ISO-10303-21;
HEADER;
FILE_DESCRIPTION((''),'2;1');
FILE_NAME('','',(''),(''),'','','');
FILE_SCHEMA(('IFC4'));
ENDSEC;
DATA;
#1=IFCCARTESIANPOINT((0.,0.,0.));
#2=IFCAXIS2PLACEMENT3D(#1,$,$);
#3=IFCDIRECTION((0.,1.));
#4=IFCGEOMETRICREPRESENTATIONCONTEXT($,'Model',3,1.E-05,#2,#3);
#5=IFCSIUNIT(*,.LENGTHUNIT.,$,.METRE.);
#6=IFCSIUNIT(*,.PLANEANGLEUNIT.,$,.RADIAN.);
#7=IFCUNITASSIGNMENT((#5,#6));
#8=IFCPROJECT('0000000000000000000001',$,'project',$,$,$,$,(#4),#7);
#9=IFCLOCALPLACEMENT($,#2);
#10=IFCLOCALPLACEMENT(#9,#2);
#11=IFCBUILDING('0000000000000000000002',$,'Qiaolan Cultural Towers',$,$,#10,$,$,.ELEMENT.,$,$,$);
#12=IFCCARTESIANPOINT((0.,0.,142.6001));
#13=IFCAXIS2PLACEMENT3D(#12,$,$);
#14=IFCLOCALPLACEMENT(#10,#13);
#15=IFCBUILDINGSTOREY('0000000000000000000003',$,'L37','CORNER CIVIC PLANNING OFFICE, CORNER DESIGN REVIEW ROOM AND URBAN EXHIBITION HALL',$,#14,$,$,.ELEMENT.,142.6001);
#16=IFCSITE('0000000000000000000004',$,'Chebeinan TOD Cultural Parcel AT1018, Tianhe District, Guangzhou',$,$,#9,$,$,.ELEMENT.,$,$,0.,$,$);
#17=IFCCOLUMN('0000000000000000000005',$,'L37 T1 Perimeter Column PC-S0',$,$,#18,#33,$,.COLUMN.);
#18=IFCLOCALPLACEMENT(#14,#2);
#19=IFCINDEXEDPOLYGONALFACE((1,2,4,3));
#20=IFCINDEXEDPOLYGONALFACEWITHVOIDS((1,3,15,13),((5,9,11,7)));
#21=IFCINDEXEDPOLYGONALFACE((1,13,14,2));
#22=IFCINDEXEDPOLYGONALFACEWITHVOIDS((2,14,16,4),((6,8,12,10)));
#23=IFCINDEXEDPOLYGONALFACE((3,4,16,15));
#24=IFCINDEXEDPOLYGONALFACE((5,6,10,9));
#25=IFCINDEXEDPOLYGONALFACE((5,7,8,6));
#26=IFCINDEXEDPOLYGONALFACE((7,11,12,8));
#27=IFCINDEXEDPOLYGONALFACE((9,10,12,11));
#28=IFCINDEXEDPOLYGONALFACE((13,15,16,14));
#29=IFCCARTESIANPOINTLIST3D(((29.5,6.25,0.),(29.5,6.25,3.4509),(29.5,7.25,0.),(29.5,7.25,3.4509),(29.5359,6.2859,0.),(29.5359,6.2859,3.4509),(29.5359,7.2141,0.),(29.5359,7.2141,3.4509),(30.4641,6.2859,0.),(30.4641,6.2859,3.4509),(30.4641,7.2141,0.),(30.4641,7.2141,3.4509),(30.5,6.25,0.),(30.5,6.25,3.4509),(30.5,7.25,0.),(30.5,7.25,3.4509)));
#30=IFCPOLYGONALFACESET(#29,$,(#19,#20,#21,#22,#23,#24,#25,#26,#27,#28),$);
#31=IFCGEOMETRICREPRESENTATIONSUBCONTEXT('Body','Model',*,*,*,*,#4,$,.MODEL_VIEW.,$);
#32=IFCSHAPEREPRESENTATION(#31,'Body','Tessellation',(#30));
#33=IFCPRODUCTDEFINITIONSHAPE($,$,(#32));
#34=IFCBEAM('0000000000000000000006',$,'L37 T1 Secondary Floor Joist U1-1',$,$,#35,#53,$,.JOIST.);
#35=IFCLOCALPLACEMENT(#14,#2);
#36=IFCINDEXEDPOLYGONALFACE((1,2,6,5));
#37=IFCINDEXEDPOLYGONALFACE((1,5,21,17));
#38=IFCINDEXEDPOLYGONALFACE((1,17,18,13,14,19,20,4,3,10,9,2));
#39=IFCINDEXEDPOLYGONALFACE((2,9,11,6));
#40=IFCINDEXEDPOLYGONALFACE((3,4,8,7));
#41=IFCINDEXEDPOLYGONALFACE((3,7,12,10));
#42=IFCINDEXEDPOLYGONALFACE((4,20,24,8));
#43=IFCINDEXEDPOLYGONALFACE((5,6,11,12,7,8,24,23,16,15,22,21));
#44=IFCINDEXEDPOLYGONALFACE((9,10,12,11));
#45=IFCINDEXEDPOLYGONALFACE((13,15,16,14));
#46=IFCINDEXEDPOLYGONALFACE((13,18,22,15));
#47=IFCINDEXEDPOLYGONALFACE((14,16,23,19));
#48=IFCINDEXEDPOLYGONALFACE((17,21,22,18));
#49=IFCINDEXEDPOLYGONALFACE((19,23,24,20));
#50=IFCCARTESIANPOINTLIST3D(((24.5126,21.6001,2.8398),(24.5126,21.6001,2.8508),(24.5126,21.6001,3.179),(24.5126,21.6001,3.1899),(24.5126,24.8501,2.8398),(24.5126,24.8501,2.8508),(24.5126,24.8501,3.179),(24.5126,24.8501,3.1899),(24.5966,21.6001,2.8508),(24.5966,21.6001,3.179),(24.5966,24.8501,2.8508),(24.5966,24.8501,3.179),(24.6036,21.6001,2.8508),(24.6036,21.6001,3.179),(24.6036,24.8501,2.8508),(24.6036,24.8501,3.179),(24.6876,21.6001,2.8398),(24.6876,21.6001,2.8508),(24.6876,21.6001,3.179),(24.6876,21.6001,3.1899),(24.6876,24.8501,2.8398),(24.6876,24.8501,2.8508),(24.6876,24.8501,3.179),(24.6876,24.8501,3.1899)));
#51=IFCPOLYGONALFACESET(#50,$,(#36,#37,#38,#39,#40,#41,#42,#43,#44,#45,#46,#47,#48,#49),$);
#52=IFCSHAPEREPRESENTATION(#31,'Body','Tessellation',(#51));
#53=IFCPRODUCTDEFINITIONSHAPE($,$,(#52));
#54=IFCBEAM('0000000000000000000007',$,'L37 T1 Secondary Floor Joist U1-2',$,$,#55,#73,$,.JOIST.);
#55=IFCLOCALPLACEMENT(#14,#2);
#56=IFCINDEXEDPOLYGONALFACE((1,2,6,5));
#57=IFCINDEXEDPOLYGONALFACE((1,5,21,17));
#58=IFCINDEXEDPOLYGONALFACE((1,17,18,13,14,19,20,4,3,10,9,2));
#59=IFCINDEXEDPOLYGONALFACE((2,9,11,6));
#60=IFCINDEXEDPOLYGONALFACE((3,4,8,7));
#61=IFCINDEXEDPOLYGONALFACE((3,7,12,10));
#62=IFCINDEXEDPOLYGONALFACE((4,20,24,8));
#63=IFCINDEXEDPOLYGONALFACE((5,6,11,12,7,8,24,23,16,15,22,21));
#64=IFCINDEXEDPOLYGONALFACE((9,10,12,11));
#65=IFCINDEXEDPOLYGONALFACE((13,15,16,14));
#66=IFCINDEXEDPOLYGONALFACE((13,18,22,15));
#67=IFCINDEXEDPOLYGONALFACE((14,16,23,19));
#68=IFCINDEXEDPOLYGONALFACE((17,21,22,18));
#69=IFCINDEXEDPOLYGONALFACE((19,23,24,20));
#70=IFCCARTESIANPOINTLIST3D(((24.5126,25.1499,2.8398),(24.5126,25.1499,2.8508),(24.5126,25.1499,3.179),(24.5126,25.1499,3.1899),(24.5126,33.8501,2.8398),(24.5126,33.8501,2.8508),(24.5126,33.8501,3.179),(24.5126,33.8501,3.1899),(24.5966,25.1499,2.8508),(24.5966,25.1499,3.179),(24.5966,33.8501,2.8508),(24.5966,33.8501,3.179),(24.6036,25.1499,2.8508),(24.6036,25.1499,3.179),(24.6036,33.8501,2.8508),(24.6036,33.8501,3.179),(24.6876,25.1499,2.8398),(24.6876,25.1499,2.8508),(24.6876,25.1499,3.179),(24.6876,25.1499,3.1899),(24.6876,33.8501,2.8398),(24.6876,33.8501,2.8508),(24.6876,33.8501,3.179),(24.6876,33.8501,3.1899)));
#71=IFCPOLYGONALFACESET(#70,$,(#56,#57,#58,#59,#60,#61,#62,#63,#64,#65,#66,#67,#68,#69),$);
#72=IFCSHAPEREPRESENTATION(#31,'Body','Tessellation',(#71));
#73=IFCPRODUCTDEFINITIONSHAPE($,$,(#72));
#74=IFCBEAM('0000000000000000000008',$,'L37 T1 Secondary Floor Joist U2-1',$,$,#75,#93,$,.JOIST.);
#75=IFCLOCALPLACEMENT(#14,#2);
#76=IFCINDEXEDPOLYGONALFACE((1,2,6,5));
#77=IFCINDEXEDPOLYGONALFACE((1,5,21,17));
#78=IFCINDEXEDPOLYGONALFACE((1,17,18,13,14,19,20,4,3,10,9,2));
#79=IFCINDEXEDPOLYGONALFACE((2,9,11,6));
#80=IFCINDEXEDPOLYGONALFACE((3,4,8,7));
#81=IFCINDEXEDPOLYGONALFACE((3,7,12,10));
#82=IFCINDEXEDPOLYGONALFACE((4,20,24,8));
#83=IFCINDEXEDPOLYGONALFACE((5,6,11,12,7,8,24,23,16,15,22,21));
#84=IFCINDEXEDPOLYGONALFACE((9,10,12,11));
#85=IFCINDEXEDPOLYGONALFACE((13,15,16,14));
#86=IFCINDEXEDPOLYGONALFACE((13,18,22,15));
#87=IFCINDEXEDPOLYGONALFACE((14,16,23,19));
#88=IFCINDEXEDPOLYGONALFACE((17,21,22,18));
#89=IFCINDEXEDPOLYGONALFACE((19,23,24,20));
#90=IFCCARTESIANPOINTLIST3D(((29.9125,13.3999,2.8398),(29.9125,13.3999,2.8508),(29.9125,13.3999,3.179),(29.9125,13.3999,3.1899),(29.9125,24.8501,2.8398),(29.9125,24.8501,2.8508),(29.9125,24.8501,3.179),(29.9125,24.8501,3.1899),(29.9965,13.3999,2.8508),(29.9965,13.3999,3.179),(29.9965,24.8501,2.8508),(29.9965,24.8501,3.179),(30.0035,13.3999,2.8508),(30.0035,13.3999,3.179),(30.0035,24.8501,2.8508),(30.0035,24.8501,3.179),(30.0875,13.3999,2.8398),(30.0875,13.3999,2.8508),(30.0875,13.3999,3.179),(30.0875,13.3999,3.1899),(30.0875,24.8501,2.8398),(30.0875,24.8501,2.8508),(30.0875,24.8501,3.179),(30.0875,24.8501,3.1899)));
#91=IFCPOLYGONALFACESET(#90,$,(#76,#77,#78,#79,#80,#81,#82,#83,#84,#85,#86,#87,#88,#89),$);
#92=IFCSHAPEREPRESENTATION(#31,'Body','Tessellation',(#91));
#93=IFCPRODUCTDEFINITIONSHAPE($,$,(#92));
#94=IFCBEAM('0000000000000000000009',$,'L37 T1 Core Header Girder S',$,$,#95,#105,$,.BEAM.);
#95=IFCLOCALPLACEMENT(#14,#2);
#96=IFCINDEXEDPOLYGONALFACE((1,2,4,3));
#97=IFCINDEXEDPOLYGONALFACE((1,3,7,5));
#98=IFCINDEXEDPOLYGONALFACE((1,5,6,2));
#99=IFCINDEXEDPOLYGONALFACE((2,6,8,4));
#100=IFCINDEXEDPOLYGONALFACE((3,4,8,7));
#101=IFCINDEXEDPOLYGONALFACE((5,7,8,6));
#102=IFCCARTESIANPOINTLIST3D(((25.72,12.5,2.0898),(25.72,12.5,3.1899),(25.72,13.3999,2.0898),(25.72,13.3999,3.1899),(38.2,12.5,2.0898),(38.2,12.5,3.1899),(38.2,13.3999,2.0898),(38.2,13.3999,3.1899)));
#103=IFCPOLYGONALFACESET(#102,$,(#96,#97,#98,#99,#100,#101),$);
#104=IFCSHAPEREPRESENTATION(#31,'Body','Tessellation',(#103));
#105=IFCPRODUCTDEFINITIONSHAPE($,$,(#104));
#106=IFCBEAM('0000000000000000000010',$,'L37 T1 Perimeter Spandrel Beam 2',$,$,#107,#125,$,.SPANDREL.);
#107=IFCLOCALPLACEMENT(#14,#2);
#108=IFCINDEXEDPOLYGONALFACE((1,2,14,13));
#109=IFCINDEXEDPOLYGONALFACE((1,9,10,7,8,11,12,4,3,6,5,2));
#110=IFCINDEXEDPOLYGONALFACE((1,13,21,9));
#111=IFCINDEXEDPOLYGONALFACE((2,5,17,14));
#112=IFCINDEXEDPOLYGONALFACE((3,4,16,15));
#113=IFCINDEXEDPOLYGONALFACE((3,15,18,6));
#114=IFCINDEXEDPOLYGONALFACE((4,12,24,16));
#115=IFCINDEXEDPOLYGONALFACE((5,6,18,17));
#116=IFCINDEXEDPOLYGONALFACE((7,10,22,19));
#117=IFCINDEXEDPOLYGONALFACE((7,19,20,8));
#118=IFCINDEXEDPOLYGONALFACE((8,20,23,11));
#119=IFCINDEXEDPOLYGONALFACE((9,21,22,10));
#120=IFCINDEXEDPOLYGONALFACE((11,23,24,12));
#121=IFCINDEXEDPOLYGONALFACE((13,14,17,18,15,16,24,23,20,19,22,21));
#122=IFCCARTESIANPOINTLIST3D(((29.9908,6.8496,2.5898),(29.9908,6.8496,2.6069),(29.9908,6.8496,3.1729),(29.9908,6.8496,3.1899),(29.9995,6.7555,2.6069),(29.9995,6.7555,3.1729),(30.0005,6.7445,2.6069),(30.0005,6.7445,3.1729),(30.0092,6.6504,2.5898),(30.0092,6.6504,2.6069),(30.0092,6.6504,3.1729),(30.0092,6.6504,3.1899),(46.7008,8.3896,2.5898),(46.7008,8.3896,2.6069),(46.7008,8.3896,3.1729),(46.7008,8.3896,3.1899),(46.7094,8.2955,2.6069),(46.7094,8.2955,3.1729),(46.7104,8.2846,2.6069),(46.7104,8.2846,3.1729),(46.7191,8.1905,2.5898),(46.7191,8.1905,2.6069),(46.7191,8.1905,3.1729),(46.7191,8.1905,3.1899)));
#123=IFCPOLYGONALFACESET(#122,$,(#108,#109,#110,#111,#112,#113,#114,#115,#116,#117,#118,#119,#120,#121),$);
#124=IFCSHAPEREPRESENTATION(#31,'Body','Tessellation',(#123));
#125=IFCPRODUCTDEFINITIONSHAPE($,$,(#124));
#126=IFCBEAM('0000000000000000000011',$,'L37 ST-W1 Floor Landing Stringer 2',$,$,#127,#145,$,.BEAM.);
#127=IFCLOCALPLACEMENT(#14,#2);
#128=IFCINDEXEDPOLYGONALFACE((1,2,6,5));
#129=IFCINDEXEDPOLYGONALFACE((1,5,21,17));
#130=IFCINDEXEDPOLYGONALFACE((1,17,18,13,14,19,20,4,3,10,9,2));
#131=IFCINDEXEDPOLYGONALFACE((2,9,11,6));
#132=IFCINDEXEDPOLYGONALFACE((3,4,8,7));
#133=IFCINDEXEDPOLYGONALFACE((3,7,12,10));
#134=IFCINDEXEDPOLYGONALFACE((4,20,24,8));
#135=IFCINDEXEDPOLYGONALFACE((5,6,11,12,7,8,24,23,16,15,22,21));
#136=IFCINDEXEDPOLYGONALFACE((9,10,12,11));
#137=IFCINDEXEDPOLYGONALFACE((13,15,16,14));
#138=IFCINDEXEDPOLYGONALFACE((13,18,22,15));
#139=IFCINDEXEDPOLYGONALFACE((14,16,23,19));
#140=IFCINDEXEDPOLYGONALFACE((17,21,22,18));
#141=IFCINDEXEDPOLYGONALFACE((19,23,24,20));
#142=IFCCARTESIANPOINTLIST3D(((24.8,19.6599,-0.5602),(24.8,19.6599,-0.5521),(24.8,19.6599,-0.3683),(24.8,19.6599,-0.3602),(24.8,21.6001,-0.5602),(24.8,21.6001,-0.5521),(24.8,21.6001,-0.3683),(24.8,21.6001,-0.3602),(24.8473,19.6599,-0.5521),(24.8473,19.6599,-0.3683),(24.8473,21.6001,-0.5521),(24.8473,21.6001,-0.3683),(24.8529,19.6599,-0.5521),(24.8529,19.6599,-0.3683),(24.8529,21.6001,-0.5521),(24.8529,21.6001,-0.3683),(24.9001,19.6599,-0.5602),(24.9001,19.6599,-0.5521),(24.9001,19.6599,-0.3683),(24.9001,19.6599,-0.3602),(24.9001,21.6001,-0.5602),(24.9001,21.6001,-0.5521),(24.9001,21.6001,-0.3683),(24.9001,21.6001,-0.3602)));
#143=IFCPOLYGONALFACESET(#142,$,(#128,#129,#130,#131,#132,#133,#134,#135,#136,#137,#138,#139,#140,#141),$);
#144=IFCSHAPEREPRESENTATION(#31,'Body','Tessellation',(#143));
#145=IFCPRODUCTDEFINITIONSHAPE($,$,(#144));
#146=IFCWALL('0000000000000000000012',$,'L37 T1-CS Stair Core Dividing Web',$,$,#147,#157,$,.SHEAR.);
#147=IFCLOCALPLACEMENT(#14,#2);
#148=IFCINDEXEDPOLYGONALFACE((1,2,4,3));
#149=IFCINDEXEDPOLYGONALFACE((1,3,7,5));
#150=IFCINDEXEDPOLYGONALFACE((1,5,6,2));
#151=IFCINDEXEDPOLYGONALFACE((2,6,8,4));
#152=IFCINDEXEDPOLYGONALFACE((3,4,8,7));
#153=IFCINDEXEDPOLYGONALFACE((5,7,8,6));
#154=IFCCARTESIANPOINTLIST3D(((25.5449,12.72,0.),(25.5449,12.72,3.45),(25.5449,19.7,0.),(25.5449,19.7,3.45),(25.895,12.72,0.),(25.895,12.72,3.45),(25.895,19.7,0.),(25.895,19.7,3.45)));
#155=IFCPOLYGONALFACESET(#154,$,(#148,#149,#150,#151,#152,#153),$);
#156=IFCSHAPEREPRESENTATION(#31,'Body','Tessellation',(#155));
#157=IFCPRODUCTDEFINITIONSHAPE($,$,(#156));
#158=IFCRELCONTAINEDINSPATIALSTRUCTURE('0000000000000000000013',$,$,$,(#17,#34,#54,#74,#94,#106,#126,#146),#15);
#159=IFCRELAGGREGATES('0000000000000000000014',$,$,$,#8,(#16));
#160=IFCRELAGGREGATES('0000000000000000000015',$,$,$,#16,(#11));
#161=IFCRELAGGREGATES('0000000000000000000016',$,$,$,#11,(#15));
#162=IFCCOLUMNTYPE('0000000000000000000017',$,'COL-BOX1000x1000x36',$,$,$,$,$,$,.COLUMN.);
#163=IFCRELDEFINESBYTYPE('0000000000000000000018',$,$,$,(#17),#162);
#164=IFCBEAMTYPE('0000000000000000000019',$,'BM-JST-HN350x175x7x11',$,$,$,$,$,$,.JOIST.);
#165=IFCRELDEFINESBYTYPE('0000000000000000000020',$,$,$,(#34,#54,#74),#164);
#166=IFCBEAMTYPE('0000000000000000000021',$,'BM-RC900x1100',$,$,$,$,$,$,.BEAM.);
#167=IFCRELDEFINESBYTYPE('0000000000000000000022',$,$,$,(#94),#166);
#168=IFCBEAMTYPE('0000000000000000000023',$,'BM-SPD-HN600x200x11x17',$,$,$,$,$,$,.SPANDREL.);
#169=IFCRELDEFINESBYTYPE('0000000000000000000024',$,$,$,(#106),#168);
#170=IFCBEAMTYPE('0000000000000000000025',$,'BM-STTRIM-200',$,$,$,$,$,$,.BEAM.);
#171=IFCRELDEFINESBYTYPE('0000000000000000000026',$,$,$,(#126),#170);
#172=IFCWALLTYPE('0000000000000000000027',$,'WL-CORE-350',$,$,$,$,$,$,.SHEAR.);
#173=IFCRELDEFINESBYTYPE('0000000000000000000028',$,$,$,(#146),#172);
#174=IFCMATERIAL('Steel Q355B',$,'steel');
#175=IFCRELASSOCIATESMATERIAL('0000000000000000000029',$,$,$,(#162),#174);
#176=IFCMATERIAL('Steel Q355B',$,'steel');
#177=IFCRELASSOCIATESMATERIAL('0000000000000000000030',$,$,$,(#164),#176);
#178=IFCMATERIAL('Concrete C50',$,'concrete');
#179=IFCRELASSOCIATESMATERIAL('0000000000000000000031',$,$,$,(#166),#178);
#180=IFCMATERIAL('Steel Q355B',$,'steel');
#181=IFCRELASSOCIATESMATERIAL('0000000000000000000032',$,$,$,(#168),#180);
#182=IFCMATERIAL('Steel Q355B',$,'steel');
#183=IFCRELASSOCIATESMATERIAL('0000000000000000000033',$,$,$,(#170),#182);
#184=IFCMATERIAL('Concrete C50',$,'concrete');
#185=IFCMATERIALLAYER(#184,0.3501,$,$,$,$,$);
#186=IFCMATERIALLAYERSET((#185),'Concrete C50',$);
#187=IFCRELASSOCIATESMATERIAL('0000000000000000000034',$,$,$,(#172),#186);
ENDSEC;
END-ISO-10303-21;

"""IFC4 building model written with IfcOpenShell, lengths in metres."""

from ifc_helpers import new_model, si_unit, direction, frame, frame_2d, origin, origin_2d, place, context, subcontext, project, spatial, rectangle, hollow_rectangle, i_section, extrude, material, layer, layer_set, material_profile, profile_set, type_object, element, save


model = new_model("IFC4")

# Units and contexts
model_context = context("Model", 3, precision=1e-05, world=origin(), true_north=direction((0.0, 1.0)))
body_context = subcontext(model_context, "Body", "Model", "MODEL_VIEW")
ifc_project = project(units=[si_unit("LENGTHUNIT", "METRE"), si_unit("PLANEANGLEUNIT", "RADIAN")], contexts=[model_context])

# Site, building, storey
site_placement = place(None, origin())
site = spatial("IfcSite", under=ifc_project, at=site_placement, Name="Chebeinan TOD Cultural Parcel AT1018, Tianhe District, Guangzhou", CompositionType="ELEMENT", RefElevation=0.0)
building_placement = place(site_placement, origin())
building = spatial("IfcBuilding", under=site, at=building_placement, Name="Qiaolan Cultural Towers", CompositionType="ELEMENT")
storey_placement = place(building_placement, frame((0.0, 0.0, 142.6001)))
storey = spatial("IfcBuildingStorey", under=building, at=storey_placement, Name="L37", Description="CORNER CIVIC PLANNING OFFICE, CORNER DESIGN REVIEW ROOM AND URBAN EXHIBITION HALL", CompositionType="ELEMENT", Elevation=142.6001)

# Column
ifc_material_1 = material(Name="Steel Q355B", Category="steel")
ifc_material_profile_1 = material_profile(ifc_material_1, hollow_rectangle(XDim=1.0, YDim=1.0, WallThickness=0.0359, at=origin_2d()), Name="BOX1000x1000x36")
ifc_profile_set_1 = profile_set([ifc_material_profile_1], Name="Steel Q355B")
column_type = type_object("IfcColumnType", Name="COL-BOX1000x1000x36", PredefinedType="COLUMN", material=ifc_profile_set_1)
column_placement = place(storey_placement, frame((30.0, 6.75, 0.0), z_axis=(0.0, 0.0, 1.0), x_axis=(1.0, 0.0, 0.0)))
element("IfcColumn", 1, at=column_placement, inside=storey, type_object=column_type, Name="L37 T1 Perimeter Column PC-S0", PredefinedType="COLUMN", context=body_context, shape_type="SweptSolid", body=[
    extrude(hollow_rectangle(XDim=1.0, YDim=1.0, WallThickness=0.0359, at=origin_2d()), origin(), (0.0, 0.0, 1.0), 3.4509),
])

# Beams
ifc_material_2 = material(Name="Steel Q355B", Category="steel")
ifc_material_profile_2 = material_profile(ifc_material_2, i_section(OverallWidth=0.175, OverallDepth=0.3501, WebThickness=0.0071, FlangeThickness=0.011, at=origin_2d()), Name="HN350x175x7x11")
ifc_profile_set_2 = profile_set([ifc_material_profile_2], Name="Steel Q355B")
beam_type_1 = type_object("IfcBeamType", Name="BM-JST-HN350x175x7x11", PredefinedType="JOIST", material=ifc_profile_set_2)
beam_1_placement = place(storey_placement, frame((24.6001, 21.6001, 3.0149), z_axis=(0.0, 1.0, 0.0), x_axis=(-1.0, 0.0, 0.0)))
element("IfcBeam", 2, at=beam_1_placement, inside=storey, type_object=beam_type_1, Name="L37 T1 Secondary Floor Joist U1-1", PredefinedType="JOIST", context=body_context, shape_type="SweptSolid", body=[
    extrude(i_section(OverallWidth=0.175, OverallDepth=0.3501, WebThickness=0.0071, FlangeThickness=0.011, at=origin_2d()), origin(), (0.0, 0.0, 1.0), 3.25),
])
beam_2_placement = place(storey_placement, frame((24.6001, 25.1499, 3.0149), z_axis=(0.0, 1.0, 0.0), x_axis=(-1.0, 0.0, 0.0)))
element("IfcBeam", 3, at=beam_2_placement, inside=storey, type_object=beam_type_1, Name="L37 T1 Secondary Floor Joist U1-2", PredefinedType="JOIST", context=body_context, shape_type="SweptSolid", body=[
    extrude(i_section(OverallWidth=0.175, OverallDepth=0.3501, WebThickness=0.0071, FlangeThickness=0.011, at=origin_2d()), origin(), (0.0, 0.0, 1.0), 8.7002),
])
beam_3_placement = place(storey_placement, frame((30.0, 13.3999, 3.0149), z_axis=(0.0, 1.0, 0.0), x_axis=(-1.0, 0.0, 0.0)))
element("IfcBeam", 4, at=beam_3_placement, inside=storey, type_object=beam_type_1, Name="L37 T1 Secondary Floor Joist U2-1", PredefinedType="JOIST", context=body_context, shape_type="SweptSolid", body=[
    extrude(i_section(OverallWidth=0.175, OverallDepth=0.3501, WebThickness=0.0071, FlangeThickness=0.011, at=origin_2d()), origin(), (0.0, 0.0, 1.0), 11.4502),
])
ifc_material_3 = material(Name="Concrete C50", Category="concrete")
ifc_material_profile_3 = material_profile(ifc_material_3, rectangle(XDim=0.8999, YDim=1.1001, at=origin_2d()), Name="RC900x1100")
ifc_profile_set_3 = profile_set([ifc_material_profile_3], Name="Concrete C50")
beam_type_2 = type_object("IfcBeamType", Name="BM-RC900x1100", PredefinedType="BEAM", material=ifc_profile_set_3)
beam_4_placement = place(storey_placement, frame((25.72, 12.95, 2.6399), z_axis=(1.0, 0.0, 0.0), x_axis=(0.0, 1.0, 0.0)))
element("IfcBeam", 5, at=beam_4_placement, inside=storey, type_object=beam_type_2, Name="L37 T1 Core Header Girder S", PredefinedType="BEAM", context=body_context, shape_type="SweptSolid", body=[
    extrude(rectangle(XDim=0.8999, YDim=1.1001, at=origin_2d()), origin(), (0.0, 0.0, 1.0), 12.48),
])
ifc_material_4 = material(Name="Steel Q355B", Category="steel")
ifc_material_profile_4 = material_profile(ifc_material_4, i_section(OverallWidth=0.2, OverallDepth=0.6001, WebThickness=0.011, FlangeThickness=0.0171, at=origin_2d()), Name="HN600x200x11x17")
ifc_profile_set_4 = profile_set([ifc_material_profile_4], Name="Steel Q355B")
beam_type_3 = type_object("IfcBeamType", Name="BM-SPD-HN600x200x11x17", PredefinedType="SPANDREL", material=ifc_profile_set_4)
beam_5_placement = place(storey_placement, frame((30.0, 6.75, 2.8899), z_axis=(0.99578, 0.091774, 0.0), x_axis=(-0.091774, 0.99578, 0.0)))
element("IfcBeam", 6, at=beam_5_placement, inside=storey, type_object=beam_type_3, Name="L37 T1 Perimeter Spandrel Beam 2", PredefinedType="SPANDREL", context=body_context, shape_type="SweptSolid", body=[
    extrude(i_section(OverallWidth=0.2, OverallDepth=0.6001, WebThickness=0.011, FlangeThickness=0.0171, at=origin_2d()), origin(), (0.0, 0.0, 1.0), 16.7808),
])
ifc_material_5 = material(Name="Steel Q355B", Category="steel")
ifc_material_profile_5 = material_profile(ifc_material_5, i_section(OverallWidth=0.1001, OverallDepth=0.2, WebThickness=0.0056, FlangeThickness=0.0081, at=origin_2d()), Name="HN200x100x5.5x8")
ifc_profile_set_5 = profile_set([ifc_material_profile_5], Name="Steel Q355B")
beam_type_4 = type_object("IfcBeamType", Name="BM-STTRIM-200", PredefinedType="BEAM", material=ifc_profile_set_5)
beam_6_placement = place(storey_placement, frame((24.8501, 21.6001, -0.4602), z_axis=(0.0, -1.0, 0.0), x_axis=(1.0, 0.0, 0.0)))
element("IfcBeam", 7, at=beam_6_placement, inside=storey, type_object=beam_type_4, Name="L37 ST-W1 Floor Landing Stringer 2", PredefinedType="BEAM", context=body_context, shape_type="SweptSolid", body=[
    extrude(i_section(OverallWidth=0.1001, OverallDepth=0.2, WebThickness=0.0056, FlangeThickness=0.0081, at=origin_2d()), origin(), (0.0, 0.0, 1.0), 1.9402),
])

# Wall
ifc_material_6 = material(Name="Concrete C50", Category="concrete")
ifc_layer_1 = layer(ifc_material_6, 0.3501)
ifc_layer_set_1 = layer_set([ifc_layer_1], Name="Concrete C50")
wall_type_1 = type_object("IfcWallType", Name="WL-CORE-350", PredefinedType="SHEAR", material=ifc_layer_set_1)
wall_1_placement = place(storey_placement, frame((25.72, 19.7, 0.0), z_axis=(0.0, 0.0, 1.0), x_axis=(0.0, -1.0, 0.0)))
element("IfcWall", 8, at=wall_1_placement, inside=storey, type_object=wall_type_1, Name="L37 T1-CS Stair Core Dividing Web", PredefinedType="SHEAR", context=body_context, shape_type="SweptSolid", body=[
    extrude(rectangle(XDim=6.98, YDim=0.3501, at=frame_2d((3.49, 0.0))), origin(), (0.0, 0.0, 1.0), 3.45),
])

save(model, "model.ifc")
